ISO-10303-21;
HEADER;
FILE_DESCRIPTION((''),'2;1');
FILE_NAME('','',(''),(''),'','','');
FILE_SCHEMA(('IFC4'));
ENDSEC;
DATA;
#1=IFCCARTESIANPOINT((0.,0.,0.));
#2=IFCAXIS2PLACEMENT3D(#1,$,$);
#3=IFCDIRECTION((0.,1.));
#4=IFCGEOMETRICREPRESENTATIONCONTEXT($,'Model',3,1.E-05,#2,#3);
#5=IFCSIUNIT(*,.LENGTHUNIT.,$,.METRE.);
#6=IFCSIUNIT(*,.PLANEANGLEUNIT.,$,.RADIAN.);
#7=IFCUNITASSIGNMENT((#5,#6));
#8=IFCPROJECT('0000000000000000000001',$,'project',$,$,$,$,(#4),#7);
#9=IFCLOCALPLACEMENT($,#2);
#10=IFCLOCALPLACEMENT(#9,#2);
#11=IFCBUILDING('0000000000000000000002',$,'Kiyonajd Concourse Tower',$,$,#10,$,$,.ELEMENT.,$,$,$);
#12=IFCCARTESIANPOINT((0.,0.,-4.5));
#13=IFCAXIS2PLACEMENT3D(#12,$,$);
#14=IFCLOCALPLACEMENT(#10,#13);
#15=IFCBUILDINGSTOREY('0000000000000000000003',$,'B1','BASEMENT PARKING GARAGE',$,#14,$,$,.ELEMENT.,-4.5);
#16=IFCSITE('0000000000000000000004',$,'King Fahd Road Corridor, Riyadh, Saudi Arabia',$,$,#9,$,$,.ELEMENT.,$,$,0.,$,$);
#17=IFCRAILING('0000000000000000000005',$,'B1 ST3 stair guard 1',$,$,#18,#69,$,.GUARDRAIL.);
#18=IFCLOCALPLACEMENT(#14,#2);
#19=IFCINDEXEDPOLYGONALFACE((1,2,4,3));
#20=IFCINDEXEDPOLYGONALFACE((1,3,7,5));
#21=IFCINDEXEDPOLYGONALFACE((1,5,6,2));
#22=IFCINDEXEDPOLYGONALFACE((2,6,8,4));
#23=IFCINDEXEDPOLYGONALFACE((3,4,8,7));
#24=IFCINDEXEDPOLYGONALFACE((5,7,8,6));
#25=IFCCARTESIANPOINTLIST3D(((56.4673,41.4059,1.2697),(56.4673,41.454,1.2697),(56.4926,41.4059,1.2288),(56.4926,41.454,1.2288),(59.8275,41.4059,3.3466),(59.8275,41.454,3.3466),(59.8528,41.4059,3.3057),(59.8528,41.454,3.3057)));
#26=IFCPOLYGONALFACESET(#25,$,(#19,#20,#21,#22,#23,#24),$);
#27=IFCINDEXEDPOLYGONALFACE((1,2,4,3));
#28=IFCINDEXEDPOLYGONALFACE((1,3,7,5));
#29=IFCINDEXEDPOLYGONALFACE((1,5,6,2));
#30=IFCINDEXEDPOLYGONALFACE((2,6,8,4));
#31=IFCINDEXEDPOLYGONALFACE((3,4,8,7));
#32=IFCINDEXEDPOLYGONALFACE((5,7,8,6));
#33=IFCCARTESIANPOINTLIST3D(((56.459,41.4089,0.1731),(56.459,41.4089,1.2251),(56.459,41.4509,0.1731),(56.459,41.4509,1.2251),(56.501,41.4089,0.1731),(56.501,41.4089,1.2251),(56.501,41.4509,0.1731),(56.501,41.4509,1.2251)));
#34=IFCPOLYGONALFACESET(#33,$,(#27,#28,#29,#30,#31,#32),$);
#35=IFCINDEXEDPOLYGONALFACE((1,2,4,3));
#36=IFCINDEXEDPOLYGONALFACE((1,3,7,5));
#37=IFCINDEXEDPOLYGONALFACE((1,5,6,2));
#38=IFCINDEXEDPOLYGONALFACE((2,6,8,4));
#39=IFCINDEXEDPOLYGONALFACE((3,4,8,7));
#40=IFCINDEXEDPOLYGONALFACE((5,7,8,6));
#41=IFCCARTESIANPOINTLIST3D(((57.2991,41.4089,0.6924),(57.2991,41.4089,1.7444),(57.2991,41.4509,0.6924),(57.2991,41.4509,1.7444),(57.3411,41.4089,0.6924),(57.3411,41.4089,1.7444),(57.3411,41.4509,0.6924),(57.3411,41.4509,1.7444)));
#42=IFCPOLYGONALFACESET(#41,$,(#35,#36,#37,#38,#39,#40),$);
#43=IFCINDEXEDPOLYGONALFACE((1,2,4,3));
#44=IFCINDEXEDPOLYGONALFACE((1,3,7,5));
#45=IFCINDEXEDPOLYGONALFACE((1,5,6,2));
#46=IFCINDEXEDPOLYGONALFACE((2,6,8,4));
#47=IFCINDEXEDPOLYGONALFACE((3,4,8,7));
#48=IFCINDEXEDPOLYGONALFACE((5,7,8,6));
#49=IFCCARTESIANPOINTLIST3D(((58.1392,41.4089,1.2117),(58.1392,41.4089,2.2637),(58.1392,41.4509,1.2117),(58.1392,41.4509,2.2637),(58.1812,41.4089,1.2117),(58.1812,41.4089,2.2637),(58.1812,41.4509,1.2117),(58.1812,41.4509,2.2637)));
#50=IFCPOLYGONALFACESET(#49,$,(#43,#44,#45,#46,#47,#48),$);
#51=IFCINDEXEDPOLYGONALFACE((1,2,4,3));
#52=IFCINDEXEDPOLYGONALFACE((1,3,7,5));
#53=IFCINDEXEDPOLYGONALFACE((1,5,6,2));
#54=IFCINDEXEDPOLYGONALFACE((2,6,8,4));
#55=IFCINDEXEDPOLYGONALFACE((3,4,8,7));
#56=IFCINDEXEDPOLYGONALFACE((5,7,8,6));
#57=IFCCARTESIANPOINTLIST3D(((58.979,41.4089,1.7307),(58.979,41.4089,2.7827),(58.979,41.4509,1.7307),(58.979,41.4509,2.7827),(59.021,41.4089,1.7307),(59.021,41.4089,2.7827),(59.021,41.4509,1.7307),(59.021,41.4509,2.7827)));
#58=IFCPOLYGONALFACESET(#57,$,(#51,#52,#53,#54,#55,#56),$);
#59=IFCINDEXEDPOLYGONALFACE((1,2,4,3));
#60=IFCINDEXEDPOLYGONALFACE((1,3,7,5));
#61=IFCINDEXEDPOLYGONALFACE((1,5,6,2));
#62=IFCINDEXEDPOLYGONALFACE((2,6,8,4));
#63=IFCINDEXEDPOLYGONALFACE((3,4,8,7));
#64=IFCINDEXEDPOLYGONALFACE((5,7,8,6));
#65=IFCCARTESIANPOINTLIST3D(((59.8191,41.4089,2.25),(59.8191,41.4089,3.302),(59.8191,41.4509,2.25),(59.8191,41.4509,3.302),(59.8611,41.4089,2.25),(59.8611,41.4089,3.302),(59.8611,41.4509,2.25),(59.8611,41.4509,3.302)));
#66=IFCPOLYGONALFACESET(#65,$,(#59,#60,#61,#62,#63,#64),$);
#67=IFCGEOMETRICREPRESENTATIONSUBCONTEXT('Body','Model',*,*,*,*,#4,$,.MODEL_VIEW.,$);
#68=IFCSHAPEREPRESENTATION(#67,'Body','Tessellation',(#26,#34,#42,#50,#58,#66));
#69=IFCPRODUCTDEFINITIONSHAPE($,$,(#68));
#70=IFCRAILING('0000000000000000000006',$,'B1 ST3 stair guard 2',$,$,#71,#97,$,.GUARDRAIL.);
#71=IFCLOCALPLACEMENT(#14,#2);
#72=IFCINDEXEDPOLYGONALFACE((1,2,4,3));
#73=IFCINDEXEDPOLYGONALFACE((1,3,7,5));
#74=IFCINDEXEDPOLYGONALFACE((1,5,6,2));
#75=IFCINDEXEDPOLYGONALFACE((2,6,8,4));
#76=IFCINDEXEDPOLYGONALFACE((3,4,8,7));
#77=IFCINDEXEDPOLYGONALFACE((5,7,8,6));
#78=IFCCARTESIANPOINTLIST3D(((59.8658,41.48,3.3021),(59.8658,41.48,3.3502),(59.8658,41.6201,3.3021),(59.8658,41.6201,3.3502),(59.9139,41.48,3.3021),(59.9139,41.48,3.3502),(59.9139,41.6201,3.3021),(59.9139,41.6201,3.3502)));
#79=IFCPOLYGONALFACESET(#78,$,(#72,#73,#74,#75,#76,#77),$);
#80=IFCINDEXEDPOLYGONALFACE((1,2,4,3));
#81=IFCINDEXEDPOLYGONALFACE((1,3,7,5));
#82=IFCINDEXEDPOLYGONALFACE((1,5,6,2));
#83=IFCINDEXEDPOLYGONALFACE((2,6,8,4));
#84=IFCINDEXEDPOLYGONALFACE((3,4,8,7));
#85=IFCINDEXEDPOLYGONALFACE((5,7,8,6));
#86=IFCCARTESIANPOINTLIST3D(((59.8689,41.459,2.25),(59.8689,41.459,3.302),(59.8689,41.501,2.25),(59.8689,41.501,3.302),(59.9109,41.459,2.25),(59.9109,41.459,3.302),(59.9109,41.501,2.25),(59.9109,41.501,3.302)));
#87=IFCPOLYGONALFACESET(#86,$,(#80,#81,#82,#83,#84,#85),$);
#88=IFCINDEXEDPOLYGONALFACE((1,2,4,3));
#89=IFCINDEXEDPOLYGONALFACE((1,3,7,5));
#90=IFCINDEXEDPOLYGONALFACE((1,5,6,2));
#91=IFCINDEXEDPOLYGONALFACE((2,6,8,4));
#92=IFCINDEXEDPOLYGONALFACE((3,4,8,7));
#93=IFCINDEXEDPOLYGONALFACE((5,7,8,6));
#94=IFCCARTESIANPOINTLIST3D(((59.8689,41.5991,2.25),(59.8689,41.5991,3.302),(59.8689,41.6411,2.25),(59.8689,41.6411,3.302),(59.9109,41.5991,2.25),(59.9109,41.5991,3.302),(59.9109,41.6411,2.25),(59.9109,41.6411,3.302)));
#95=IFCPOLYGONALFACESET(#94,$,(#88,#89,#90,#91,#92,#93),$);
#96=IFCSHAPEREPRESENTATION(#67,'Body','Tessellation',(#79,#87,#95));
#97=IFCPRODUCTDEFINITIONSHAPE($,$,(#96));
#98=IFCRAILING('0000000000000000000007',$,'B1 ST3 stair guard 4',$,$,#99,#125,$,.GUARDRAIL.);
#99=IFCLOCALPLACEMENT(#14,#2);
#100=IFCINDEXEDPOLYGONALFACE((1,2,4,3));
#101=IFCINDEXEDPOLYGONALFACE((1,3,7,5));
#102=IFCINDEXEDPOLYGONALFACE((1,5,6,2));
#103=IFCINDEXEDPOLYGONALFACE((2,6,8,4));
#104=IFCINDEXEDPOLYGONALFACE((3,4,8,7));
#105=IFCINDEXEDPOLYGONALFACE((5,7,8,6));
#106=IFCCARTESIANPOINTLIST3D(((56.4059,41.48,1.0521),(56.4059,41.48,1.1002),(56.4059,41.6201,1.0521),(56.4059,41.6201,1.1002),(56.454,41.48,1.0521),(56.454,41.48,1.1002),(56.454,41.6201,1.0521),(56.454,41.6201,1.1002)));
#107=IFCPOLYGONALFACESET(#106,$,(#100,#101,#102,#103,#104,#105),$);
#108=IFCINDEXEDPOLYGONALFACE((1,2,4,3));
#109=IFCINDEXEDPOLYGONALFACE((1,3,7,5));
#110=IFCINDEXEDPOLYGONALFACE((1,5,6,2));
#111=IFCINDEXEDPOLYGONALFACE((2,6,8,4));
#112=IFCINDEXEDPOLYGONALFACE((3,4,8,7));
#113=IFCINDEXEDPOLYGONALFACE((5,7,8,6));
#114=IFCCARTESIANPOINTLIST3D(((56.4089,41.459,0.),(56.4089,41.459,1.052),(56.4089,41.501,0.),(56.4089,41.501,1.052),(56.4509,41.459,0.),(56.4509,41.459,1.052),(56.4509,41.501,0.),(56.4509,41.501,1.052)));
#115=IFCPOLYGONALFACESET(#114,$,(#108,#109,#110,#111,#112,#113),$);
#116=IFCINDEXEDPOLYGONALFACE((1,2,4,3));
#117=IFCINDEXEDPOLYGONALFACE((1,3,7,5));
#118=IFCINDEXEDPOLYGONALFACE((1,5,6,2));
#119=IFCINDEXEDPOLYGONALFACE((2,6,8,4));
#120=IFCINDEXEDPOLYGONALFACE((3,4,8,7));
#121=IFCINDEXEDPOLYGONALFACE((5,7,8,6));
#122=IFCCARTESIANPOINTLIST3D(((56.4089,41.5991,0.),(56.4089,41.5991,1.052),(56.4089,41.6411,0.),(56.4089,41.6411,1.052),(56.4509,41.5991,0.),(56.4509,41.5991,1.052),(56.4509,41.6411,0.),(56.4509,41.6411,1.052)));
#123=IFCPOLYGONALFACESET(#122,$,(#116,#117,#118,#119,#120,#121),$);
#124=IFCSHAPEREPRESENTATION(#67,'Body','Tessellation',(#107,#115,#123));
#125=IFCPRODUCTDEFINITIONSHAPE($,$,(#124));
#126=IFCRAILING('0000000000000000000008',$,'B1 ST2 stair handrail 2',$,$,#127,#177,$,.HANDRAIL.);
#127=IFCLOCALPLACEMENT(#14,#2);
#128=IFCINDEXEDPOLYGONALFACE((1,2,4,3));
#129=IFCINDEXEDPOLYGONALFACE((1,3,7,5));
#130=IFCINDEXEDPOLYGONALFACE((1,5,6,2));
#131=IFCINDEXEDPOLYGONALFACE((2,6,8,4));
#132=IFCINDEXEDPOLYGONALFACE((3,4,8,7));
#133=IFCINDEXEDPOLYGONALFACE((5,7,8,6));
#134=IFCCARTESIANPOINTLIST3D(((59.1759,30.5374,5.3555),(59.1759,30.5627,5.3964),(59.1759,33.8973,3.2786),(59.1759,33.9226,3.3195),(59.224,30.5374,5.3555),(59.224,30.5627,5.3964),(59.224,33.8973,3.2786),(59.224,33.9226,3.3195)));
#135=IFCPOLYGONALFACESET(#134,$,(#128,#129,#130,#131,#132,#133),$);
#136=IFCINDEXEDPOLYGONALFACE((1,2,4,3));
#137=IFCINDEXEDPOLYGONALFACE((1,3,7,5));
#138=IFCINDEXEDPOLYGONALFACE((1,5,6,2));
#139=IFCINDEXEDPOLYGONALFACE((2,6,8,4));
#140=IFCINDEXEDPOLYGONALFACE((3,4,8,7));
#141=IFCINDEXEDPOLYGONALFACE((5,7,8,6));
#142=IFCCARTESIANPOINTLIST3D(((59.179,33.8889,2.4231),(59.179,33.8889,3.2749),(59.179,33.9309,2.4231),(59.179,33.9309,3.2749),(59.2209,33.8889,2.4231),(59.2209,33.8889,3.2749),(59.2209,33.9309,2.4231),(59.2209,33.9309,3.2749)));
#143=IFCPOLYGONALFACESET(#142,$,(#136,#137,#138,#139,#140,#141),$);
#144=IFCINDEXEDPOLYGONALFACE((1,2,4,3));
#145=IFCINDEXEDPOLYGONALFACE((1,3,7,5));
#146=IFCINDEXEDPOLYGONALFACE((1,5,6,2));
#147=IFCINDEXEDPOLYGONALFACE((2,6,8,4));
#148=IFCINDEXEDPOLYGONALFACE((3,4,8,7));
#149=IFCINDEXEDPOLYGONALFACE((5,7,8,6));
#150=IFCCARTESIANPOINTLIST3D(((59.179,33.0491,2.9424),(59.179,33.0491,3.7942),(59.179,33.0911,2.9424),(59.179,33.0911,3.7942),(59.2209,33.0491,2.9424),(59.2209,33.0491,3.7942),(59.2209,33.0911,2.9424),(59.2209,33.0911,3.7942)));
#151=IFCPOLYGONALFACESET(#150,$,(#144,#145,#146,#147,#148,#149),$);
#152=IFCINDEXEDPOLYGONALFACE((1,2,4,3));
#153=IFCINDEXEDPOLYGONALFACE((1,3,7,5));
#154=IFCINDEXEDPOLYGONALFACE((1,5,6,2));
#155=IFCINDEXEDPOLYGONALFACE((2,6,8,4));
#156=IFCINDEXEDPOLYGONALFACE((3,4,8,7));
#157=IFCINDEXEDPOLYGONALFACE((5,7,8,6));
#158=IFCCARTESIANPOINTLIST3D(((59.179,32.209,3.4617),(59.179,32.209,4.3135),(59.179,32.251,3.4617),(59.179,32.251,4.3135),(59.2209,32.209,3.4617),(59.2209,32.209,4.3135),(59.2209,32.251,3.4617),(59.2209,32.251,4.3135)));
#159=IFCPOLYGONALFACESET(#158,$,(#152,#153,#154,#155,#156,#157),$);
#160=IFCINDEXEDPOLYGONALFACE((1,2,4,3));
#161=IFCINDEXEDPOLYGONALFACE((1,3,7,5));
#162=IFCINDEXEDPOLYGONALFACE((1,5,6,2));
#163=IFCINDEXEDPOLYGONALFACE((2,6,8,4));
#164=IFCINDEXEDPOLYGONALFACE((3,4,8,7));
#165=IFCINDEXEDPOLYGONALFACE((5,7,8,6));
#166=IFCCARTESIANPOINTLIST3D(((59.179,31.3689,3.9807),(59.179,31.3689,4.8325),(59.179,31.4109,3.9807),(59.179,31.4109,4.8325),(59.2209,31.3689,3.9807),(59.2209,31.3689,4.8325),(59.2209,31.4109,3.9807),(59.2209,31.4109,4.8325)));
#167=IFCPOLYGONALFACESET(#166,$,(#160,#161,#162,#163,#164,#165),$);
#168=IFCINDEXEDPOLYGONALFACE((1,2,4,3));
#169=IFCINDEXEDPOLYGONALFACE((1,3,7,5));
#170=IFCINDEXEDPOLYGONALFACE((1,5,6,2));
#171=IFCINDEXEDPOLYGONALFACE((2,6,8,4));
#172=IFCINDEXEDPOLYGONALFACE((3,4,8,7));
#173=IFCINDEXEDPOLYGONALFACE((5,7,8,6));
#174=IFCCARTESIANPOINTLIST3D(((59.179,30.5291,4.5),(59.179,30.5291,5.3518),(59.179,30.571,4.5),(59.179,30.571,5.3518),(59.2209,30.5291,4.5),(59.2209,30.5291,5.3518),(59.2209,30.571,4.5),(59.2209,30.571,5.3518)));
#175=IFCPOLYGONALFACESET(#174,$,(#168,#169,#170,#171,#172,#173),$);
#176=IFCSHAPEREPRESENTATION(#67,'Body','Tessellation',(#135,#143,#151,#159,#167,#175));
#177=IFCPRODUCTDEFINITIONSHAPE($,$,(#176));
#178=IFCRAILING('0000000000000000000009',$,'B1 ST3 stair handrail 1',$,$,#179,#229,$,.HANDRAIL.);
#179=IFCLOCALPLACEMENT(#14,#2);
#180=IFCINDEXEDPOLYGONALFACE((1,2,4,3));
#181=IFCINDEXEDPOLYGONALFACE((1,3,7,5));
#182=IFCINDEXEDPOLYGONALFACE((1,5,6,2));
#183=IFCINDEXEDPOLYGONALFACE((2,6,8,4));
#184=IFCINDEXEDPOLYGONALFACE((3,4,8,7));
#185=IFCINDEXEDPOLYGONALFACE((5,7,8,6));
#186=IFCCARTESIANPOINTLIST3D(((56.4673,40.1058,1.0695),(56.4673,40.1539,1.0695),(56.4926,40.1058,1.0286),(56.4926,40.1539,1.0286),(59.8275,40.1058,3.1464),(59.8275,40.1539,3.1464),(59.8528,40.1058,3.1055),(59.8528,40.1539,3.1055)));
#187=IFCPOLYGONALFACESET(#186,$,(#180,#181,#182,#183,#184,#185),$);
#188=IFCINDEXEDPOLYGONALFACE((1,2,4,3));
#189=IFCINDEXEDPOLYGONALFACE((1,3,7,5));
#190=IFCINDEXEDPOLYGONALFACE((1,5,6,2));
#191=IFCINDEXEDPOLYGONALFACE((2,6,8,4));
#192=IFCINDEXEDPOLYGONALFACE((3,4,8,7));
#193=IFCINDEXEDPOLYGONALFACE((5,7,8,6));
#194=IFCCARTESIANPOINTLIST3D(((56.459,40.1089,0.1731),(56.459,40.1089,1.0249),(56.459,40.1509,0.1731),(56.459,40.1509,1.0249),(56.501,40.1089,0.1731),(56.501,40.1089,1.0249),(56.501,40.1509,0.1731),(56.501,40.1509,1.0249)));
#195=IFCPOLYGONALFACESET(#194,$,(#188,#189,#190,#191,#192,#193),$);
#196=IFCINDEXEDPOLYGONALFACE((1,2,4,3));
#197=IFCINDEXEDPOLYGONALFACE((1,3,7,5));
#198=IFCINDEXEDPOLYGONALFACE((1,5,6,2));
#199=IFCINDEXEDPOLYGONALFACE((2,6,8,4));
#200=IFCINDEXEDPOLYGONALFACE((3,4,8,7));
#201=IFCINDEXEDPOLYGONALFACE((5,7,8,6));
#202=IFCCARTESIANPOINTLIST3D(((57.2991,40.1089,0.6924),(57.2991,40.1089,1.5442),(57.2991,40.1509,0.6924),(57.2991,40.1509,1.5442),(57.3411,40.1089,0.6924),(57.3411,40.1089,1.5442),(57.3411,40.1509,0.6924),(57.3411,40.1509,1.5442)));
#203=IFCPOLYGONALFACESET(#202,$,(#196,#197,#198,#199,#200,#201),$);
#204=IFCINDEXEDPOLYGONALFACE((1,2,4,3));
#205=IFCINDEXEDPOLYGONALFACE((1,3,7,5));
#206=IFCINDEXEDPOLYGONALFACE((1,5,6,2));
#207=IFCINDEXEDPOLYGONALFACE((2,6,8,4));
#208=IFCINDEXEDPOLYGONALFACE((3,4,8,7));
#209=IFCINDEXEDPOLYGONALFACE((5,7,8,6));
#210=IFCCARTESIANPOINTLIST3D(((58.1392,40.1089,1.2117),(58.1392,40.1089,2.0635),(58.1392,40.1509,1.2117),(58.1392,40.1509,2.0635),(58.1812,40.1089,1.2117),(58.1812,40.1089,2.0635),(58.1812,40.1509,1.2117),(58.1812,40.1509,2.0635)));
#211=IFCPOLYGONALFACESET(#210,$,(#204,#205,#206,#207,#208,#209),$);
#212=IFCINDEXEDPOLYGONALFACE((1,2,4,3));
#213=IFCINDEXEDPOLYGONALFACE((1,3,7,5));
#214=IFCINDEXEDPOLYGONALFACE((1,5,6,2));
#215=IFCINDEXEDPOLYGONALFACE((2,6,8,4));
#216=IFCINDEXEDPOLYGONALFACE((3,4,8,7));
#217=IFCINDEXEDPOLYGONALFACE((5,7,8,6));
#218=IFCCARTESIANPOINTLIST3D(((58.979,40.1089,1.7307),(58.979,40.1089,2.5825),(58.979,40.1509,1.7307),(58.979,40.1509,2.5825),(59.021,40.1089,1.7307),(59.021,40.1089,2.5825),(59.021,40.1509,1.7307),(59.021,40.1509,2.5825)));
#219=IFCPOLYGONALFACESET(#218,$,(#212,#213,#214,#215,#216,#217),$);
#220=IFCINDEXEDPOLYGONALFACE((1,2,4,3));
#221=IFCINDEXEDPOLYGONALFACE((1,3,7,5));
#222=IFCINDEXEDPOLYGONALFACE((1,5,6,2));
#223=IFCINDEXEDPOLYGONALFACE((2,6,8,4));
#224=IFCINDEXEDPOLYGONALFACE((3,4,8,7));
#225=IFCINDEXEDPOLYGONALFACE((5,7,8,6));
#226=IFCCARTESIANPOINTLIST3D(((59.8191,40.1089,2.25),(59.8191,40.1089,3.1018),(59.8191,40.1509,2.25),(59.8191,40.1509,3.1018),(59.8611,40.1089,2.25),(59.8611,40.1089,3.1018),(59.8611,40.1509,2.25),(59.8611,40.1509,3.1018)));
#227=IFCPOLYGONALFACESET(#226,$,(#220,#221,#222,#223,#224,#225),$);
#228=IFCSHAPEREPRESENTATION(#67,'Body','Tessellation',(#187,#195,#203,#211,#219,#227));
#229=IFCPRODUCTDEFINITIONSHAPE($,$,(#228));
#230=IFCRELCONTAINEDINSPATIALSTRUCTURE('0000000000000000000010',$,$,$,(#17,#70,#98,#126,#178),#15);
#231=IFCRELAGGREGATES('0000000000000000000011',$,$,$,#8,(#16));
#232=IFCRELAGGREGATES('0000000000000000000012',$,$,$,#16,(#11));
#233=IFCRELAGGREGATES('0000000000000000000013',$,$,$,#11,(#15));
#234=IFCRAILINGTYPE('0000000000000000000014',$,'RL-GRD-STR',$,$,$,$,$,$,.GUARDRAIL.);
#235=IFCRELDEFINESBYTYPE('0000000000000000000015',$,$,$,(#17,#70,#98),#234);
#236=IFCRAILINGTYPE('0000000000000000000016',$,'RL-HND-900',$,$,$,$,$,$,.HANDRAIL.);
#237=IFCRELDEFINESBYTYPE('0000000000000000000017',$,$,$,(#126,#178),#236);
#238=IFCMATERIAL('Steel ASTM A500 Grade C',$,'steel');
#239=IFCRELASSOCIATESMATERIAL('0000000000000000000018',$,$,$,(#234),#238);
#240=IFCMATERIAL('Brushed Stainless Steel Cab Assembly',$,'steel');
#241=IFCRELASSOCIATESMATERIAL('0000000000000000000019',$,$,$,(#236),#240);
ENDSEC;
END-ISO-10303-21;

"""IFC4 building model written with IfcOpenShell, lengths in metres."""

from ifc_helpers import new_model, si_unit, direction, frame, origin, origin_2d, place, context, subcontext, project, spatial, rectangle, extrude, material, type_object, element, save


model = new_model("IFC4")

# Units and contexts
model_context = context("Model", 3, precision=1e-05, world=origin(), true_north=direction((0.0, 1.0)))
body_context = subcontext(model_context, "Body", "Model", "MODEL_VIEW")
ifc_project = project(units=[si_unit("LENGTHUNIT", "METRE"), si_unit("PLANEANGLEUNIT", "RADIAN")], contexts=[model_context])

# Site, building, storey
site_placement = place(None, origin())
site = spatial("IfcSite", under=ifc_project, at=site_placement, Name="King Fahd Road Corridor, Riyadh, Saudi Arabia", CompositionType="ELEMENT", RefElevation=0.0)
building_placement = place(site_placement, origin())
building = spatial("IfcBuilding", under=site, at=building_placement, Name="Kiyonajd Concourse Tower", CompositionType="ELEMENT")
storey_placement = place(building_placement, frame((0.0, 0.0, -4.5)))
storey = spatial("IfcBuildingStorey", under=building, at=storey_placement, Name="B1", Description="BASEMENT PARKING GARAGE", CompositionType="ELEMENT", Elevation=-4.5)

# Shared definitions
ifc_material_1 = material(Name="Brushed Stainless Steel Cab Assembly", Category="steel")

# Railings
ifc_material_2 = material(Name="Steel ASTM A500 Grade C", Category="steel")
railing_type_1 = type_object("IfcRailingType", Name="RL-GRD-STR", PredefinedType="GUARDRAIL", material=ifc_material_2)
railing_1_placement = place(storey_placement, frame((56.48, 41.4299, 0.1731)))
element("IfcRailing", 1, at=railing_1_placement, inside=storey, type_object=railing_type_1, Name="B1 ST3 stair guard 1", PredefinedType="GUARDRAIL", context=body_context, shape_type="SweptSolid", body=[
    extrude(rectangle(XDim=0.0481, YDim=0.0481, at=origin_2d()), frame((0.0, 0.0, 1.0762), z_axis=(0.850623, 0.0, 0.525776), x_axis=(0.0, 1.0, 0.0)), (0.0, 0.0, 1.0), 3.9502),
    extrude(rectangle(XDim=0.042, YDim=0.042, at=origin_2d()), origin(), (0.0, 0.0, 1.0), 1.052),
    extrude(rectangle(XDim=0.042, YDim=0.042, at=origin_2d()), frame((0.8401, 0.0, 0.5193)), (0.0, 0.0, 1.0), 1.052),
    extrude(rectangle(XDim=0.042, YDim=0.042, at=origin_2d()), frame((1.6802, 0.0, 1.0386)), (0.0, 0.0, 1.0), 1.052),
    extrude(rectangle(XDim=0.042, YDim=0.042, at=origin_2d()), frame((2.52, 0.0, 1.5576)), (0.0, 0.0, 1.0), 1.052),
    extrude(rectangle(XDim=0.042, YDim=0.042, at=origin_2d()), frame((3.3601, 0.0, 2.0769)), (0.0, 0.0, 1.0), 1.052),
])
for number, where, name in (
    (2, (59.8899, 41.48, 2.25), "B1 ST3 stair guard 2"),
    (3, (56.4299, 41.48, 0.0), "B1 ST3 stair guard 4"),
):
    element("IfcRailing", number, at=place(storey_placement, frame(where)), inside=storey, type_object=railing_type_1, Name=name, PredefinedType="GUARDRAIL", context=body_context, shape_type="SweptSolid", body=[
        extrude(rectangle(XDim=0.0481, YDim=0.0481, at=origin_2d()), frame((0.0, 0.0, 1.0762), z_axis=(0.0, 1.0, 0.0), x_axis=(-1.0, 0.0, 0.0)), (0.0, 0.0, 1.0), 0.1401),
        extrude(rectangle(XDim=0.042, YDim=0.042, at=origin_2d()), origin(), (0.0, 0.0, 1.0), 1.052),
        extrude(rectangle(XDim=0.042, YDim=0.042, at=origin_2d()), frame((0.0, 0.1401, 0.0)), (0.0, 0.0, 1.0), 1.052),
    ])
railing_type_2 = type_object("IfcRailingType", Name="RL-HND-900", PredefinedType="HANDRAIL", material=ifc_material_1)
railing_2_placement = place(storey_placement, frame((59.2, 33.9099, 2.4231)))
element("IfcRailing", 4, at=railing_2_placement, inside=storey, type_object=railing_type_2, Name="B1 ST2 stair handrail 2", PredefinedType="HANDRAIL", context=body_context, shape_type="SweptSolid", body=[
    extrude(rectangle(XDim=0.0481, YDim=0.0481, at=origin_2d()), frame((0.0, 0.0, 0.876), z_axis=(0.0, -0.850606, 0.525803), x_axis=(1.0, 0.0, 0.0)), (0.0, 0.0, 1.0), 3.95),
    extrude(rectangle(XDim=0.042, YDim=0.042, at=origin_2d()), origin(), (0.0, 0.0, 1.0), 0.8518),
    extrude(rectangle(XDim=0.042, YDim=0.042, at=origin_2d()), frame((0.0, -0.8398, 0.5193)), (0.0, 0.0, 1.0), 0.8518),
    extrude(rectangle(XDim=0.042, YDim=0.042, at=origin_2d()), frame((0.0, -1.6799, 1.0386)), (0.0, 0.0, 1.0), 0.8518),
    extrude(rectangle(XDim=0.042, YDim=0.042, at=origin_2d()), frame((0.0, -2.52, 1.5576)), (0.0, 0.0, 1.0), 0.8518),
    extrude(rectangle(XDim=0.042, YDim=0.042, at=origin_2d()), frame((0.0, -3.3599, 2.0769)), (0.0, 0.0, 1.0), 0.8518),
])
railing_3_placement = place(storey_placement, frame((56.48, 40.1299, 0.1731)))
element("IfcRailing", 5, at=railing_3_placement, inside=storey, type_object=railing_type_2, Name="B1 ST3 stair handrail 1", PredefinedType="HANDRAIL", context=body_context, shape_type="SweptSolid", body=[
    extrude(rectangle(XDim=0.0481, YDim=0.0481, at=origin_2d()), frame((0.0, 0.0, 0.876), z_axis=(0.850623, 0.0, 0.525776), x_axis=(0.0, 1.0, 0.0)), (0.0, 0.0, 1.0), 3.9502),
    extrude(rectangle(XDim=0.042, YDim=0.042, at=origin_2d()), origin(), (0.0, 0.0, 1.0), 0.8518),
    extrude(rectangle(XDim=0.042, YDim=0.042, at=origin_2d()), frame((0.8401, 0.0, 0.5193)), (0.0, 0.0, 1.0), 0.8518),
    extrude(rectangle(XDim=0.042, YDim=0.042, at=origin_2d()), frame((1.6802, 0.0, 1.0386)), (0.0, 0.0, 1.0), 0.8518),
    extrude(rectangle(XDim=0.042, YDim=0.042, at=origin_2d()), frame((2.52, 0.0, 1.5576)), (0.0, 0.0, 1.0), 0.8518),
    extrude(rectangle(XDim=0.042, YDim=0.042, at=origin_2d()), frame((3.3601, 0.0, 2.0769)), (0.0, 0.0, 1.0), 0.8518),
])

save(model, "model.ifc")
